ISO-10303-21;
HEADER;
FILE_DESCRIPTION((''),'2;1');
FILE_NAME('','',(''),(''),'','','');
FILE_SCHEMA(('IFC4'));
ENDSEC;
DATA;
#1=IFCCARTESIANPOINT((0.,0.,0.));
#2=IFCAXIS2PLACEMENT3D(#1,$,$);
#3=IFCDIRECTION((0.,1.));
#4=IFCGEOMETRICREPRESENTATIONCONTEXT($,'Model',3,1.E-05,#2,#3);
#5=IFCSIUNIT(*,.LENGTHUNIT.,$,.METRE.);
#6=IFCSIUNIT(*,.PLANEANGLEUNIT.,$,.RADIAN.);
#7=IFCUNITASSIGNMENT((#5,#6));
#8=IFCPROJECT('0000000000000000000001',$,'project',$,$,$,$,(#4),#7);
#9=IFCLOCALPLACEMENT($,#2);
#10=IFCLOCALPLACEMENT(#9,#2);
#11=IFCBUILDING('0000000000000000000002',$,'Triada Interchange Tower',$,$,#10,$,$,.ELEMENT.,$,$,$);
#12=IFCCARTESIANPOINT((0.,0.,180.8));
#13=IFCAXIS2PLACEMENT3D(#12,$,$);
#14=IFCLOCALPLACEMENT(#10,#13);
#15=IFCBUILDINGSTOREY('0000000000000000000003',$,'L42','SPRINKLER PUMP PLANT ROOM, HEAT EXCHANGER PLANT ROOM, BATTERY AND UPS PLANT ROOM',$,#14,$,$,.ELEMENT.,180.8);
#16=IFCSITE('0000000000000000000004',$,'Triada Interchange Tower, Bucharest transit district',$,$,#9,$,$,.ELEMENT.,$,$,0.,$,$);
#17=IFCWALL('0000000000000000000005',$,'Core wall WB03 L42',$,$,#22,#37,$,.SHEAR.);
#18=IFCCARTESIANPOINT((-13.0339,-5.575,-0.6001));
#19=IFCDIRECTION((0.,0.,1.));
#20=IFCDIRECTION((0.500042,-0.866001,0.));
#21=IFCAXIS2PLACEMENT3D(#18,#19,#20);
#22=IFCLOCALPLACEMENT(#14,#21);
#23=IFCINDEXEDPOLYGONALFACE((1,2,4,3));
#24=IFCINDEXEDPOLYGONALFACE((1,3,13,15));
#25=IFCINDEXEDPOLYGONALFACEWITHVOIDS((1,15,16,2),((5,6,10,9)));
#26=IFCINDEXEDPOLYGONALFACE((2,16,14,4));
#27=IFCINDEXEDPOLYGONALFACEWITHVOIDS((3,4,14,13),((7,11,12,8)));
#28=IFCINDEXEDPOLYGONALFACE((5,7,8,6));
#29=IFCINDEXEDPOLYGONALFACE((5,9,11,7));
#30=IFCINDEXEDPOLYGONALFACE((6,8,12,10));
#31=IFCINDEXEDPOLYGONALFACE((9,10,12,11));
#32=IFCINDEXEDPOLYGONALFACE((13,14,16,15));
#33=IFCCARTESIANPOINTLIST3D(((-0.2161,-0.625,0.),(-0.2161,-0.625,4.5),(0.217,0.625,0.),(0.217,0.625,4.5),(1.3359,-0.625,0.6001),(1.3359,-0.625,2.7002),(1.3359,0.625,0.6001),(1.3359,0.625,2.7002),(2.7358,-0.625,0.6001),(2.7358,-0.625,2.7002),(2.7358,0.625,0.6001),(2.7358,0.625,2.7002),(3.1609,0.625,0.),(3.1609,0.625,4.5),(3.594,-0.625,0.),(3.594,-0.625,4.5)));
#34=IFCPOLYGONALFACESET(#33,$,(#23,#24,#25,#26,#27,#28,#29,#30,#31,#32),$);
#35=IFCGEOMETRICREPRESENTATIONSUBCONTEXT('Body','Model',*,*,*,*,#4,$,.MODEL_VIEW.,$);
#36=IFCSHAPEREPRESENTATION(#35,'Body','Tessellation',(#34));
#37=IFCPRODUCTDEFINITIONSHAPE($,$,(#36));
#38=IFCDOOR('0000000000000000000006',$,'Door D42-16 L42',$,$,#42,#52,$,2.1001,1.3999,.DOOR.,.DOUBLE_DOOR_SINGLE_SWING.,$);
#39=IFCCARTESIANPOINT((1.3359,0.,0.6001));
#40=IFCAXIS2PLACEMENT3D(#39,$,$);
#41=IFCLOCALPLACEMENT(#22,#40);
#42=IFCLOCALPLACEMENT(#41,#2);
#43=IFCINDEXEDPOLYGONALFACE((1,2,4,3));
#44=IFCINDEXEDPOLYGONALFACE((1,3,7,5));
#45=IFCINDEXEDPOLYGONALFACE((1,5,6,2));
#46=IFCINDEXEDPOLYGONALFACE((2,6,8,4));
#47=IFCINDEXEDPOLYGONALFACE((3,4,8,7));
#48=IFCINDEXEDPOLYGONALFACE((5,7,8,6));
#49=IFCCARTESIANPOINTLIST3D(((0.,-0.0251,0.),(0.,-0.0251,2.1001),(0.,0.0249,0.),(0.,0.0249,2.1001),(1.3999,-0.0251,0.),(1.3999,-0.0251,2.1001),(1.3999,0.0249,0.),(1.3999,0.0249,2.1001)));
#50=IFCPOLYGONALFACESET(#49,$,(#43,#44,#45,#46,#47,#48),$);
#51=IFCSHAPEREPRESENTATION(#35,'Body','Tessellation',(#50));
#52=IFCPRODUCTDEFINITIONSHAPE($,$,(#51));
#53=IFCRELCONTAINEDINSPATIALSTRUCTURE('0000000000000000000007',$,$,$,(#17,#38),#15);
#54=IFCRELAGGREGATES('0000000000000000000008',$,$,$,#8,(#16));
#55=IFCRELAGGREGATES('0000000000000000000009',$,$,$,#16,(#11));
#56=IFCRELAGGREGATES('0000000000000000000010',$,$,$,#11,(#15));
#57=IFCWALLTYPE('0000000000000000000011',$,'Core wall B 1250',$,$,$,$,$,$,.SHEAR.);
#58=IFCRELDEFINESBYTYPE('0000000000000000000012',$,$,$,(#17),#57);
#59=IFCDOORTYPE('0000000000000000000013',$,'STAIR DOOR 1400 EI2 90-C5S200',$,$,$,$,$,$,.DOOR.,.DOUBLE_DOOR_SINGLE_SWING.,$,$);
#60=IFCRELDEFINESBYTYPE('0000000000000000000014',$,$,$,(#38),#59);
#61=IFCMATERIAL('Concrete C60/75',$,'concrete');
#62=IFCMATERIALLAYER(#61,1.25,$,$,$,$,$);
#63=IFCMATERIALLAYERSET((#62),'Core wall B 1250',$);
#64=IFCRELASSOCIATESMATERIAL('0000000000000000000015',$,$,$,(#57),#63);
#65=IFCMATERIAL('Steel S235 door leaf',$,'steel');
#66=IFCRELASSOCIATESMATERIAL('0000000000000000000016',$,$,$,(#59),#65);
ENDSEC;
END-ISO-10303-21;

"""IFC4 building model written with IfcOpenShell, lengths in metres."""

from ifc_helpers import new_model, si_unit, direction, frame, frame_2d, origin, place, context, subcontext, project, spatial, polyline, rectangle, outline, extrude, material, layer, layer_set, type_object, element, fill, save


model = new_model("IFC4")

# Units and contexts
model_context = context("Model", 3, precision=1e-05, world=origin(), true_north=direction((0.0, 1.0)))
body_context = subcontext(model_context, "Body", "Model", "MODEL_VIEW")
ifc_project = project(units=[si_unit("LENGTHUNIT", "METRE"), si_unit("PLANEANGLEUNIT", "RADIAN")], contexts=[model_context])

# Site, building, storey
site_placement = place(None, origin())
site = spatial("IfcSite", under=ifc_project, at=site_placement, Name="Triada Interchange Tower, Bucharest transit district", CompositionType="ELEMENT", RefElevation=0.0)
building_placement = place(site_placement, origin())
building = spatial("IfcBuilding", under=site, at=building_placement, Name="Triada Interchange Tower", CompositionType="ELEMENT")
storey_placement = place(building_placement, frame((0.0, 0.0, 180.8)))
storey = spatial("IfcBuildingStorey", under=building, at=storey_placement, Name="L42", Description="SPRINKLER PUMP PLANT ROOM, HEAT EXCHANGER PLANT ROOM, BATTERY AND UPS PLANT ROOM", CompositionType="ELEMENT", Elevation=180.8)

# Wall, opening, door
ifc_material_1 = material(Name="Concrete C60/75", Category="concrete")
ifc_layer_1 = layer(ifc_material_1, 1.25)
ifc_layer_set_1 = layer_set([ifc_layer_1], Name="Core wall B 1250")
wall_type_1 = type_object("IfcWallType", Name="Core wall B 1250", PredefinedType="SHEAR", material=ifc_layer_set_1)
wall_1_placement = place(storey_placement, frame((-13.0339, -5.575, -0.6001), z_axis=(0.0, 0.0, 1.0), x_axis=(0.500042, -0.866001, 0.0)))
wall_1 = element("IfcWall", 1, at=wall_1_placement, inside=storey, type_object=wall_type_1, Name="Core wall WB03 L42", PredefinedType="SHEAR", context=body_context, shape_type="SweptSolid", body=[
    extrude(outline(polyline([(-0.2161, -0.625), (1.689, -0.625), (3.594, -0.625), (3.1609, 0.625), (1.689, 0.625), (0.217, 0.625), (-0.2161, -0.625)])), origin(), (0.0, 0.0, 1.0), 4.5),
])
opening_placement = place(wall_1_placement, frame((1.3359, 0.0, 0.6001)))
opening = element("IfcOpeningElement", 2, at=opening_placement, cuts=wall_1, PredefinedType="OPENING", context=body_context, shape_type="SweptSolid", body=[
    extrude(rectangle(XDim=1.3999, YDim=2.1001, at=frame_2d((0.7, 1.05))), frame((0.0, 0.635, 0.0), z_axis=(0.0, -1.0, 0.0), x_axis=(1.0, 0.0, 0.0)), (0.0, 0.0, 1.0), 1.27),
])
ifc_material_2 = material(Name="Steel S235 door leaf", Category="steel")
door_type = type_object("IfcDoorType", Name="STAIR DOOR 1400 EI2 90-C5S200", OperationType="DOUBLE_DOOR_SINGLE_SWING", PredefinedType="DOOR", material=ifc_material_2)
door_placement = place(opening_placement, origin())
door = element("IfcDoor", 3, at=door_placement, inside=storey, type_object=door_type, Name="Door D42-16 L42", OperationType="DOUBLE_DOOR_SINGLE_SWING", OverallHeight=2.1001, OverallWidth=1.3999, PredefinedType="DOOR", context=body_context, shape_type="SweptSolid", body=[
    extrude(rectangle(XDim=1.3999, YDim=2.1001, at=frame_2d((0.7, 1.05))), frame((0.0, 0.0249, 0.0), z_axis=(0.0, -1.0, 0.0), x_axis=(1.0, 0.0, 0.0)), (0.0, 0.0, 1.0), 0.05),
])
fill(opening, door)

save(model, "model.ifc")
